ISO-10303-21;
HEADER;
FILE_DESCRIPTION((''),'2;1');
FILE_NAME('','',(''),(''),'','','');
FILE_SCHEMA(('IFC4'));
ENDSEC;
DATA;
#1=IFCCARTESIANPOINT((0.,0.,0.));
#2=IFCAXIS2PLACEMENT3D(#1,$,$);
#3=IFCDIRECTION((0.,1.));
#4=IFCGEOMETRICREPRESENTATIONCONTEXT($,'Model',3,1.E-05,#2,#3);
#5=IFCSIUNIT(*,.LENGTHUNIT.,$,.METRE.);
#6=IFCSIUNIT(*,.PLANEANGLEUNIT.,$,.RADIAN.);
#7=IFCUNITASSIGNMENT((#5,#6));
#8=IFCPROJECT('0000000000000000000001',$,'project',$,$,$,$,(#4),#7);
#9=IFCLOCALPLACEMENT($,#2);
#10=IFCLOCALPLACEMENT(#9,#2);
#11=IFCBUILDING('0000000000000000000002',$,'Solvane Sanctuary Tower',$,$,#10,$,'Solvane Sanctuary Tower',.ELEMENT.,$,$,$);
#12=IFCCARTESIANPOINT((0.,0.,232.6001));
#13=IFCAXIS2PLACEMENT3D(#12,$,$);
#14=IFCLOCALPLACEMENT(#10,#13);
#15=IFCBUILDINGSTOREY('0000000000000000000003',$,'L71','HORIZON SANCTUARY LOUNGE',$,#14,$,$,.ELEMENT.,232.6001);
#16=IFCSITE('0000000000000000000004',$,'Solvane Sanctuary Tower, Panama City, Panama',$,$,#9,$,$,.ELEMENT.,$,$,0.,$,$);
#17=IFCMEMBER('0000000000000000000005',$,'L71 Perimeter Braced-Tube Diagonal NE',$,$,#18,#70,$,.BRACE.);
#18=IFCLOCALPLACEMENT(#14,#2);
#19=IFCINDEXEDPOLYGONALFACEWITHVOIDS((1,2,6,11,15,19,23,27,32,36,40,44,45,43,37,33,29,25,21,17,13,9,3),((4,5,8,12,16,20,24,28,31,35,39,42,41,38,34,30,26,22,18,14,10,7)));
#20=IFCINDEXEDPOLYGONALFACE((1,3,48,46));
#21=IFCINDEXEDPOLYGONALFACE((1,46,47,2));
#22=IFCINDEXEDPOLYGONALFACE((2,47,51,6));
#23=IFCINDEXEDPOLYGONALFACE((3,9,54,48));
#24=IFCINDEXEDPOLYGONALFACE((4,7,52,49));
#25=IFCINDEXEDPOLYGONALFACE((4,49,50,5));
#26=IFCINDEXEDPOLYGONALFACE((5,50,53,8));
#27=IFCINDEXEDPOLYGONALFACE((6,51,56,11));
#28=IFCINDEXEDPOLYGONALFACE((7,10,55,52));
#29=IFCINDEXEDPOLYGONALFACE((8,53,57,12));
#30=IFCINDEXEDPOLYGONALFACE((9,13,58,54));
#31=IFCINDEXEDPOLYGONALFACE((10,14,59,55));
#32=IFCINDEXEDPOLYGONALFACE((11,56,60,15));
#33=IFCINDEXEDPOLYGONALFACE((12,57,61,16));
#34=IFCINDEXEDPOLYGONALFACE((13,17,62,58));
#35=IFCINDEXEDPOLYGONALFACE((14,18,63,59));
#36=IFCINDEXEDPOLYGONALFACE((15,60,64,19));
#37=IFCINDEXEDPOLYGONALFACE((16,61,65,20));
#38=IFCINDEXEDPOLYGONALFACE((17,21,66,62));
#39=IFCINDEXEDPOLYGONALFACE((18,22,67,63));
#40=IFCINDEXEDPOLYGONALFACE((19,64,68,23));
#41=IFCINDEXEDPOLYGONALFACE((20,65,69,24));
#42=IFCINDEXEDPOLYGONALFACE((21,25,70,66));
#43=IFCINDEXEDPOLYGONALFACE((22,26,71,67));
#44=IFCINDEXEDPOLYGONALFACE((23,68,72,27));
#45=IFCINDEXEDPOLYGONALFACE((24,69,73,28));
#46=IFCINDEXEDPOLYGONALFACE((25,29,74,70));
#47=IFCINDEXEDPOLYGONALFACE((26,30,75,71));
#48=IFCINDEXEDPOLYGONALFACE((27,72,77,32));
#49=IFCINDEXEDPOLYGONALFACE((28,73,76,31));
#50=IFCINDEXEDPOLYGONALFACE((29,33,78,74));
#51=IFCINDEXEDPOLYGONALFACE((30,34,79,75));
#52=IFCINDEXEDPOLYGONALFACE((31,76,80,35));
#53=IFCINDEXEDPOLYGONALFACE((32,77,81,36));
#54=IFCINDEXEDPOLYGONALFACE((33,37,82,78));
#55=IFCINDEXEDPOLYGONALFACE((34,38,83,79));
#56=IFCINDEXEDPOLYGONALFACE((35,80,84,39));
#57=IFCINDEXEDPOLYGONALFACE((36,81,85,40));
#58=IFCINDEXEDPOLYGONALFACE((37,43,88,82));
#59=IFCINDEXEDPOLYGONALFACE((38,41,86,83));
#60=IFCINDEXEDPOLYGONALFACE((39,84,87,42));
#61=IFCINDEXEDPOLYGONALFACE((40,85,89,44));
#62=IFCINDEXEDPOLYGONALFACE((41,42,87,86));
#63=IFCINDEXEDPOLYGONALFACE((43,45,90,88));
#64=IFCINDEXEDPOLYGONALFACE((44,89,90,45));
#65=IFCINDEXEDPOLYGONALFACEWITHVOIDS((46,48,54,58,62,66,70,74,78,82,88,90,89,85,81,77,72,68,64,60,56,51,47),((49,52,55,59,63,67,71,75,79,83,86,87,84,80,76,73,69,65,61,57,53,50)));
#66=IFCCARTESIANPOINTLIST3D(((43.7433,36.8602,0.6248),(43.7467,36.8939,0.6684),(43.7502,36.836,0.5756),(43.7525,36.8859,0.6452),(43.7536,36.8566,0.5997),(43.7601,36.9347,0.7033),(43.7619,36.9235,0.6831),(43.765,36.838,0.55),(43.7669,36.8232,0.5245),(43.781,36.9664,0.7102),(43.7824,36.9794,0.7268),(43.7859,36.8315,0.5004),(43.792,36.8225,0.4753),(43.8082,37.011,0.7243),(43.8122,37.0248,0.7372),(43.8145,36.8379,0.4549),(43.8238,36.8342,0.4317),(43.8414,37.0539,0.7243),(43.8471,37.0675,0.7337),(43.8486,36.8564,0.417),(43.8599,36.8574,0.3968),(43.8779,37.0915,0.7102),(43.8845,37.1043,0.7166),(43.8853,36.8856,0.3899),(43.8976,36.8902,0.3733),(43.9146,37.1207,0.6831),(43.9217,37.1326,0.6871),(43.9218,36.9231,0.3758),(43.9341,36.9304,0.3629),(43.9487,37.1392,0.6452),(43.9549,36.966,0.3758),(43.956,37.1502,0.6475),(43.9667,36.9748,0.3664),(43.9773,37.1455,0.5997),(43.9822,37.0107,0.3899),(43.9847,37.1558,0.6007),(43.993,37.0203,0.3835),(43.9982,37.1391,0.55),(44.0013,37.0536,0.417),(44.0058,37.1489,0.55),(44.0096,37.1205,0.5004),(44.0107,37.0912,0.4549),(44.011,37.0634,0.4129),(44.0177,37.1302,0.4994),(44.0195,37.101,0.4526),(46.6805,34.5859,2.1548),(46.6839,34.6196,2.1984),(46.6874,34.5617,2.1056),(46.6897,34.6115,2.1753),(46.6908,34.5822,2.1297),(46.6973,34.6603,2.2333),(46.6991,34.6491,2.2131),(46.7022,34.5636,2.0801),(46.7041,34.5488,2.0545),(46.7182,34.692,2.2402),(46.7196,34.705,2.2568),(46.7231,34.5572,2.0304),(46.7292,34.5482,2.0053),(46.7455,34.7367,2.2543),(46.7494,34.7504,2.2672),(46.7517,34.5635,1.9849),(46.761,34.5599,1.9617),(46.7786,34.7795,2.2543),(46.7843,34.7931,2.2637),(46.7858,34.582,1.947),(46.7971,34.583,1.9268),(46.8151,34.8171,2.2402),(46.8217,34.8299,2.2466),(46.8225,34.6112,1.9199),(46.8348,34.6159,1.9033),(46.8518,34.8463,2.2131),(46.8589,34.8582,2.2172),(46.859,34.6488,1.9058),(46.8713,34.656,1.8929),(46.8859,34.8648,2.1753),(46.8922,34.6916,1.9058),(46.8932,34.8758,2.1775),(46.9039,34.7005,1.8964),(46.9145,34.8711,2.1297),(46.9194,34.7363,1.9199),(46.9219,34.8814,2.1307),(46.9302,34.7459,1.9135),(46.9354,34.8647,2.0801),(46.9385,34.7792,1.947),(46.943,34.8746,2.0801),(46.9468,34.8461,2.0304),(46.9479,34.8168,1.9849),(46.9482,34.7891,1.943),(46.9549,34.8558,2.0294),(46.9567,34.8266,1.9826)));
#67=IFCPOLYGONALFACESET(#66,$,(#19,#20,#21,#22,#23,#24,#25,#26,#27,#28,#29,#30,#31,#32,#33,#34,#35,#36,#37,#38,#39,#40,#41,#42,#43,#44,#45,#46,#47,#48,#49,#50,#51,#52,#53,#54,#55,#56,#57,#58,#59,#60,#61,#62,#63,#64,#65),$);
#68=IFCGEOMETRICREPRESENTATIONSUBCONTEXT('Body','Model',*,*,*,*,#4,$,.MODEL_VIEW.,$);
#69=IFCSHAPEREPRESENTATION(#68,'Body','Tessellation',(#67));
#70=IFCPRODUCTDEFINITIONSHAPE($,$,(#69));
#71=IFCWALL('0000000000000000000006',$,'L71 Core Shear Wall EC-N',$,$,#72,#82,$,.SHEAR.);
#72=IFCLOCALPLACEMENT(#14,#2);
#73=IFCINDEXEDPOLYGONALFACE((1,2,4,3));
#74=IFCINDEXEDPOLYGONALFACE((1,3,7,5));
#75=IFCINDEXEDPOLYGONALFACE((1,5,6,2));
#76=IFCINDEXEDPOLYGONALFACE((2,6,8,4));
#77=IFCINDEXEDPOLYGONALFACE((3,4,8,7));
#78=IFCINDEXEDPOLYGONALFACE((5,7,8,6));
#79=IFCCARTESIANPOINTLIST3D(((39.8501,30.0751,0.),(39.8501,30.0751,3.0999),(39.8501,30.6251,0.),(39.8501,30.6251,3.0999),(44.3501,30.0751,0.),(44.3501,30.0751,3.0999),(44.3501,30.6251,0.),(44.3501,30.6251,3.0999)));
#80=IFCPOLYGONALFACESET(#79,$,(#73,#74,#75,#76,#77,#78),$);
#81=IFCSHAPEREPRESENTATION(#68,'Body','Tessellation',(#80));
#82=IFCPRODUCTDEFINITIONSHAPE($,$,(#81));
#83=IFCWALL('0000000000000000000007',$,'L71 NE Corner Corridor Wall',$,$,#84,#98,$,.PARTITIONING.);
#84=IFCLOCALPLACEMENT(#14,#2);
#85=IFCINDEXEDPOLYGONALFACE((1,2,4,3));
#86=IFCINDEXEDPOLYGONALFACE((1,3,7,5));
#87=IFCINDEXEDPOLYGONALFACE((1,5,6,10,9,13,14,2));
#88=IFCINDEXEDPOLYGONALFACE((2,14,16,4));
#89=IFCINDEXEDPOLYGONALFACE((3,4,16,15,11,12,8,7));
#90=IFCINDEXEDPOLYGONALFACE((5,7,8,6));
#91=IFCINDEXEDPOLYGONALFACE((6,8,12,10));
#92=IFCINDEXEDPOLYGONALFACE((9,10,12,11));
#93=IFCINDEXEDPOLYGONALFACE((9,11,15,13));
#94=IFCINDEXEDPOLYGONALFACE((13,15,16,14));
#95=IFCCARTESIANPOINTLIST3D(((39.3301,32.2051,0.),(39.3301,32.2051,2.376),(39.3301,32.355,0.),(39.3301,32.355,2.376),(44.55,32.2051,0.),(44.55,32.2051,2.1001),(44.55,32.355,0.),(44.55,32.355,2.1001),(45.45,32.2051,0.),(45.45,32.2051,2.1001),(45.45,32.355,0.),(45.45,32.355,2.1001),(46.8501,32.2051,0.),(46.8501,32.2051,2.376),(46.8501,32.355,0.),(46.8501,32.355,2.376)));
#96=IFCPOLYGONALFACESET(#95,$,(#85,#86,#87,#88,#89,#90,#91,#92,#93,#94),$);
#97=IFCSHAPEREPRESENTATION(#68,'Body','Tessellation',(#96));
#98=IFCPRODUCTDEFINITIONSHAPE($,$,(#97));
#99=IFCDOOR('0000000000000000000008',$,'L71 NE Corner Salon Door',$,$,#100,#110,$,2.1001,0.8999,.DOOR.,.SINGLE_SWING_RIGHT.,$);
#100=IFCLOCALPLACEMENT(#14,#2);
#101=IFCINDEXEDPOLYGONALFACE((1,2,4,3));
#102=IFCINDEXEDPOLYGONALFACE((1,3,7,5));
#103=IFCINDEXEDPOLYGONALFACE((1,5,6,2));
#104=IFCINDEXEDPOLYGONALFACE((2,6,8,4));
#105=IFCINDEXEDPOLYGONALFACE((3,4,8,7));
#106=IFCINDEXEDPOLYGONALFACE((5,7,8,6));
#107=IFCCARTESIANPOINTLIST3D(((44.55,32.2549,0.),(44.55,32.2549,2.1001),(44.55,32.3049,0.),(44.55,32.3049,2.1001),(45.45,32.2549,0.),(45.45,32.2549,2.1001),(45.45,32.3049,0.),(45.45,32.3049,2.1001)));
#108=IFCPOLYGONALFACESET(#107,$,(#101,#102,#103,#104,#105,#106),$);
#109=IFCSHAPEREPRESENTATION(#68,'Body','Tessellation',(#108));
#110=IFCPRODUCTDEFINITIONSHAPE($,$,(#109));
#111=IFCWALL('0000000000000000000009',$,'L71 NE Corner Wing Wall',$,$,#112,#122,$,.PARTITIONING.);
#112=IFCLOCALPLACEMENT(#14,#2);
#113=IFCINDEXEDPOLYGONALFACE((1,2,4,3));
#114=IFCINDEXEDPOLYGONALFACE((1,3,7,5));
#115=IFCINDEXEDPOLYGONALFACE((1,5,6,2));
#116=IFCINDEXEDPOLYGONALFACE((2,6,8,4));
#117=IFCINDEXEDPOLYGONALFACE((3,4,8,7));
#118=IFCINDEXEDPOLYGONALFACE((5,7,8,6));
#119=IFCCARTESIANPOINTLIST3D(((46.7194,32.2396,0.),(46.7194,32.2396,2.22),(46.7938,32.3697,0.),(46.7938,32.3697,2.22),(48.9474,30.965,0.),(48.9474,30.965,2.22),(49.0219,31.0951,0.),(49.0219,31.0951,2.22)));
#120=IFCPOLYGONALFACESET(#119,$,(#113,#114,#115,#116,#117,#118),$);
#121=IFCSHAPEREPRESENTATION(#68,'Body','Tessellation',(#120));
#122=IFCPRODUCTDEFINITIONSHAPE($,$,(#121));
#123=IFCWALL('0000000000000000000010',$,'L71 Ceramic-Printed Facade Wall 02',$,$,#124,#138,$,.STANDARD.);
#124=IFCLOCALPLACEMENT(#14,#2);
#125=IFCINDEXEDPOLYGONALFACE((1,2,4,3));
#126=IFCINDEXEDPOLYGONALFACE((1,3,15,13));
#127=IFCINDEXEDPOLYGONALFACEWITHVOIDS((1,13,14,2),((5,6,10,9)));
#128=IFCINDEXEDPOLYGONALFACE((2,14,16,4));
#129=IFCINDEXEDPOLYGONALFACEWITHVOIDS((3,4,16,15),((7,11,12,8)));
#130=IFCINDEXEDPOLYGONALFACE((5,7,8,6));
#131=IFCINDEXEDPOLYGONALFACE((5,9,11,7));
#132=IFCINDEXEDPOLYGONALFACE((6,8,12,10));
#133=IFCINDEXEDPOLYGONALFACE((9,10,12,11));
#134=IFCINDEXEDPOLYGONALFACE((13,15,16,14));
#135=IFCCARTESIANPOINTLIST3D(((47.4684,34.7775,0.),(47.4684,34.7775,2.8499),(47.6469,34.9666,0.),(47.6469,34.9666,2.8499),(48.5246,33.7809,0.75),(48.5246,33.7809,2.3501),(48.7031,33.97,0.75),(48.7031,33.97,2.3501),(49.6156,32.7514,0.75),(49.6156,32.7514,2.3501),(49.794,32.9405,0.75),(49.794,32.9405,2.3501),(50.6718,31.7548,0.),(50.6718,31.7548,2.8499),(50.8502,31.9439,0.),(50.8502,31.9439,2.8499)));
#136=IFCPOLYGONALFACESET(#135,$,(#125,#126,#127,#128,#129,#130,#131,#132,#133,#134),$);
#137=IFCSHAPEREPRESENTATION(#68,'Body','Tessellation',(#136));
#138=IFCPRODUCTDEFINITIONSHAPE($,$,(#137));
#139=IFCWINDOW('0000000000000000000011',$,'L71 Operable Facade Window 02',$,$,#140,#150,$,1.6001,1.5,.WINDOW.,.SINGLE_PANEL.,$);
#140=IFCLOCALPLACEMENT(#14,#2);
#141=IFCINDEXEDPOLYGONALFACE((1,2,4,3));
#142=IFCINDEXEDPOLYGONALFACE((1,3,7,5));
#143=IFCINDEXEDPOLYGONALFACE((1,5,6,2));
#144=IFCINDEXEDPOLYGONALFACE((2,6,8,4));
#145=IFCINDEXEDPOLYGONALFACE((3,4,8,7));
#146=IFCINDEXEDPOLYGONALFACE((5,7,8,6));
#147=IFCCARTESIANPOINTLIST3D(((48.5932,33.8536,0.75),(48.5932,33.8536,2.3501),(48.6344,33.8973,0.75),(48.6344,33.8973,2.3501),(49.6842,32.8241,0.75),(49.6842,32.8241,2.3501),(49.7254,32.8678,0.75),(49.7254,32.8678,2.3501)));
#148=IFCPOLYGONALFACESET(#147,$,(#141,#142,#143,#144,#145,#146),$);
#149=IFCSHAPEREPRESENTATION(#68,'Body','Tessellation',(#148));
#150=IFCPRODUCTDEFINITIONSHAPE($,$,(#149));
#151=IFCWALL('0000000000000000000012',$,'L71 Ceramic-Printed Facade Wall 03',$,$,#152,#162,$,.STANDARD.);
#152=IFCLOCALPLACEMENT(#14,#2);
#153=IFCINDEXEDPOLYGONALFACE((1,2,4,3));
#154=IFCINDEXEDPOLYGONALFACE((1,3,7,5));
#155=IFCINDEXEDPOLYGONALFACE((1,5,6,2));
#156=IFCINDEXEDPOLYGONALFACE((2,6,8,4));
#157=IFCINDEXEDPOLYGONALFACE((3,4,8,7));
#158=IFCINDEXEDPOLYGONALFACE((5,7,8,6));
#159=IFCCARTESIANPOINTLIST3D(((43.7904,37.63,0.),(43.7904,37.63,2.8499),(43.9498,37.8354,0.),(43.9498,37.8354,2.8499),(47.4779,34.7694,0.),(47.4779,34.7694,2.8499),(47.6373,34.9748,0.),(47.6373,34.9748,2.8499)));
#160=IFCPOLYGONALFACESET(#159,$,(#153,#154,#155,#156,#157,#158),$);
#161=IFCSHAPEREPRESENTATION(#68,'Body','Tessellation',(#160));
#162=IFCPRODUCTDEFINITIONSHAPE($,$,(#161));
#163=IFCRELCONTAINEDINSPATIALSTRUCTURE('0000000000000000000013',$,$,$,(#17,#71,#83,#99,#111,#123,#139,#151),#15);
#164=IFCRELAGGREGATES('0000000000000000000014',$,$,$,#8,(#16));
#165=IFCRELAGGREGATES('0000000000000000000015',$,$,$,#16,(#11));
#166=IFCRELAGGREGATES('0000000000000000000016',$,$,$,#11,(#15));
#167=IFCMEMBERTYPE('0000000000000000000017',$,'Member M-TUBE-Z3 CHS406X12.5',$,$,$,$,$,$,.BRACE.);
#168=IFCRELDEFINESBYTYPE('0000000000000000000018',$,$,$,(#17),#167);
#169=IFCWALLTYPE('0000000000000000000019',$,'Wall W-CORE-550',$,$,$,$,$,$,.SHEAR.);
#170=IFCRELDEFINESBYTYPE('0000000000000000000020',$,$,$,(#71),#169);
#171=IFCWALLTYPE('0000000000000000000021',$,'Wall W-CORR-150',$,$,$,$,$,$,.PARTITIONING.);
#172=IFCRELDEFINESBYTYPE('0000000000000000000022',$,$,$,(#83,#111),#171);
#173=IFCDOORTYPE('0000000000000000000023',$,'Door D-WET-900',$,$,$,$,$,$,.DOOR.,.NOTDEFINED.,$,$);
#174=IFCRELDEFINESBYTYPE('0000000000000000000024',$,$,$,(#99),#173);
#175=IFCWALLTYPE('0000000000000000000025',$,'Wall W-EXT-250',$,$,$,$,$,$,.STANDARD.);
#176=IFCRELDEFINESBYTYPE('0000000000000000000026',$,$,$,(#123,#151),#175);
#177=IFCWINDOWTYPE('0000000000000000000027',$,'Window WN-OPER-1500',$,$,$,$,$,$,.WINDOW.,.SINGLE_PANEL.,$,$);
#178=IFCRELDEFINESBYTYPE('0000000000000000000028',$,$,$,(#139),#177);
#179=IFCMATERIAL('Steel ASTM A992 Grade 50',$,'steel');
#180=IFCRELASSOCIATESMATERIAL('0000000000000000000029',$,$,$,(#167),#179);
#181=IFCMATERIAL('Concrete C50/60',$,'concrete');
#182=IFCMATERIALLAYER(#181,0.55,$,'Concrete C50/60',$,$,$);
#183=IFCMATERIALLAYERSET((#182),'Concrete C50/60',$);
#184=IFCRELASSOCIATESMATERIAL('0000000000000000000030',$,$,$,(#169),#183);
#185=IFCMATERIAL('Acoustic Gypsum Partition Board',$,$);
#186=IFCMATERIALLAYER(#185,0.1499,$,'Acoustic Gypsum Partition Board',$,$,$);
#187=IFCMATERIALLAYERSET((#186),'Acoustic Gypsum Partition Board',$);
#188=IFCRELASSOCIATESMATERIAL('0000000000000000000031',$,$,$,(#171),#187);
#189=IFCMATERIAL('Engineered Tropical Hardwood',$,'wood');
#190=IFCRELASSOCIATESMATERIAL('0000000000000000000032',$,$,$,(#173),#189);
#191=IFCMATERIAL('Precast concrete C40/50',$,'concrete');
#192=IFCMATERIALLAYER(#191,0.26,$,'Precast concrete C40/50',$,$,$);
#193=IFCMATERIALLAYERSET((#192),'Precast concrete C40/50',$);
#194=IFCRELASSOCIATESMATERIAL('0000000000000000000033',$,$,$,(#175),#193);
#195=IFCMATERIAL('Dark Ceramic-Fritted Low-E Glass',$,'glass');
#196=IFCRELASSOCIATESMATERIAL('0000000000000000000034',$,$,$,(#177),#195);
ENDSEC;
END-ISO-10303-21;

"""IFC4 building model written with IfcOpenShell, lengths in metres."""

from ifc_helpers import new_model, si_unit, direction, frame, frame_2d, origin, origin_2d, place, context, subcontext, project, spatial, rectangle, hollow_circle, extrude, material, layer, layer_set, material_profile, profile_set, type_object, element, fill, save


model = new_model("IFC4")

# Units and contexts
model_context = context("Model", 3, precision=1e-05, world=origin(), true_north=direction((0.0, 1.0)))
body_context = subcontext(model_context, "Body", "Model", "MODEL_VIEW")
ifc_project = project(units=[si_unit("LENGTHUNIT", "METRE"), si_unit("PLANEANGLEUNIT", "RADIAN")], contexts=[model_context])

# Site, building, storey
site_placement = place(None, origin())
site = spatial("IfcSite", under=ifc_project, at=site_placement, Name="Solvane Sanctuary Tower, Panama City, Panama", CompositionType="ELEMENT", RefElevation=0.0)
building_placement = place(site_placement, origin())
building = spatial("IfcBuilding", under=site, at=building_placement, Name="Solvane Sanctuary Tower", LongName="Solvane Sanctuary Tower", CompositionType="ELEMENT")
storey_placement = place(building_placement, frame((0.0, 0.0, 232.6001)))
storey = spatial("IfcBuildingStorey", under=building, at=storey_placement, Name="L71", Description="HORIZON SANCTUARY LOUNGE", CompositionType="ELEMENT", Elevation=232.6001)

# Shared definitions
ifc_material_1 = material(Name="Concrete C50/60", Category="concrete")

# Shared definitions
ifc_material_2 = material(Name="Steel ASTM A992 Grade 50", Category="steel")

# Member
ifc_material_profile_1 = material_profile(ifc_material_2, hollow_circle(Radius=0.2029, WallThickness=0.0125, at=origin_2d()), Name="CHS406X12.5")
ifc_profile_set_1 = profile_set([ifc_material_profile_1], Name="Steel ASTM A992 Grade 50")
member_type = type_object("IfcMemberType", Name="Member M-TUBE-Z3 CHS406X12.5", PredefinedType="BRACE", material=ifc_profile_set_1)
member_placement = place(storey_placement, frame((43.8816, 36.9885, 0.55), z_axis=(0.73109, -0.566107, 0.380828), x_axis=(0.612242, 0.79067, 0.0)))
element("IfcMember", 1, at=member_placement, inside=storey, type_object=member_type, Name="L71 Perimeter Braced-Tube Diagonal NE", PredefinedType="BRACE", context=body_context, shape_type="SweptSolid", body=[
    extrude(hollow_circle(Radius=0.2029, WallThickness=0.0125, at=origin_2d()), origin(), (0.0, 0.0, 1.0), 4.0176),
])

# Wall
ifc_layer_1 = layer(ifc_material_1, 0.55, Name="Concrete C50/60")
ifc_layer_set_1 = layer_set([ifc_layer_1], Name="Concrete C50/60")
wall_type_1 = type_object("IfcWallType", Name="Wall W-CORE-550", PredefinedType="SHEAR", material=ifc_layer_set_1)
wall_1_placement = place(storey_placement, frame((39.8501, 30.3501, 0.0), z_axis=(0.0, 0.0, 1.0), x_axis=(1.0, 0.0, 0.0)))
element("IfcWall", 2, at=wall_1_placement, inside=storey, type_object=wall_type_1, Name="L71 Core Shear Wall EC-N", PredefinedType="SHEAR", context=body_context, shape_type="SweptSolid", body=[
    extrude(rectangle(XDim=4.5, YDim=0.55, at=frame_2d((2.25, 0.0))), origin(), (0.0, 0.0, 1.0), 3.0999),
])

# Wall, opening, door
ifc_material_3 = material(Name="Acoustic Gypsum Partition Board")
ifc_layer_2 = layer(ifc_material_3, 0.1499, Name="Acoustic Gypsum Partition Board")
ifc_layer_set_2 = layer_set([ifc_layer_2], Name="Acoustic Gypsum Partition Board")
wall_type_2 = type_object("IfcWallType", Name="Wall W-CORR-150", PredefinedType="PARTITIONING", material=ifc_layer_set_2)
wall_2_placement = place(storey_placement, frame((39.3301, 32.28, 0.0), z_axis=(0.0, 0.0, 1.0), x_axis=(1.0, 0.0, 0.0)))
wall_2 = element("IfcWall", 3, at=wall_2_placement, inside=storey, type_object=wall_type_2, Name="L71 NE Corner Corridor Wall", PredefinedType="PARTITIONING", context=body_context, shape_type="SweptSolid", body=[
    extrude(rectangle(XDim=7.52, YDim=0.1499, at=frame_2d((3.76, 0.0))), origin(), (0.0, 0.0, 1.0), 2.376),
])
opening_1_placement = place(wall_2_placement, frame((5.22, 0.0, 0.0)))
opening_1 = element("IfcOpeningElement", 4, at=opening_1_placement, cuts=wall_2, PredefinedType="OPENING", context=body_context, shape_type="SweptSolid", body=[
    extrude(rectangle(XDim=0.8999, YDim=2.1001, at=frame_2d((0.45, 1.05))), frame((0.0, 0.085, 0.0), z_axis=(0.0, -1.0, 0.0), x_axis=(1.0, 0.0, 0.0)), (0.0, 0.0, 1.0), 0.1699),
])
ifc_material_4 = material(Name="Engineered Tropical Hardwood", Category="wood")
door_type = type_object("IfcDoorType", Name="Door D-WET-900", OperationType="NOTDEFINED", PredefinedType="DOOR", material=ifc_material_4)
door_placement = place(opening_1_placement, origin())
door = element("IfcDoor", 5, at=door_placement, inside=storey, type_object=door_type, Name="L71 NE Corner Salon Door", OperationType="SINGLE_SWING_RIGHT", OverallHeight=2.1001, OverallWidth=0.8999, PredefinedType="DOOR", context=body_context, shape_type="SweptSolid", body=[
    extrude(rectangle(XDim=0.8999, YDim=2.1001, at=frame_2d((0.45, 1.05))), frame((0.0, 0.0249, 0.0), z_axis=(0.0, -1.0, 0.0), x_axis=(1.0, 0.0, 0.0)), (0.0, 0.0, 1.0), 0.05),
])
fill(opening_1, door)

# Wall
wall_3_placement = place(storey_placement, frame((46.7566, 32.3047, 0.0), z_axis=(0.0, 0.0, 1.0), x_axis=(0.867991, -0.496579, 0.0)))
element("IfcWall", 6, at=wall_3_placement, inside=storey, type_object=wall_type_2, Name="L71 NE Corner Wing Wall", PredefinedType="PARTITIONING", context=body_context, shape_type="SweptSolid", body=[
    extrude(rectangle(XDim=2.5669, YDim=0.1499, at=frame_2d((1.2834, 0.0))), origin(), (0.0, 0.0, 1.0), 2.22),
])

# Wall, opening, window
ifc_material_5 = material(Name="Precast concrete C40/50", Category="concrete")
ifc_layer_3 = layer(ifc_material_5, 0.26, Name="Precast concrete C40/50")
ifc_layer_set_3 = layer_set([ifc_layer_3], Name="Precast concrete C40/50")
wall_type_3 = type_object("IfcWallType", Name="Wall W-EXT-250", PredefinedType="STANDARD", material=ifc_layer_set_3)
wall_4_placement = place(storey_placement, frame((50.761, 31.8494, 0.0), z_axis=(0.0, 0.0, 1.0), x_axis=(-0.727319, 0.6863, 0.0)))
wall_4 = element("IfcWall", 7, at=wall_4_placement, inside=storey, type_object=wall_type_3, Name="L71 Ceramic-Printed Facade Wall 02", PredefinedType="STANDARD", context=body_context, shape_type="SweptSolid", body=[
    extrude(rectangle(XDim=4.4043, YDim=0.26, at=frame_2d((2.2021, 0.0))), origin(), (0.0, 0.0, 1.0), 2.8499),
])
opening_2_placement = place(wall_4_placement, frame((1.4521, 0.0, 0.75)))
opening_2 = element("IfcOpeningElement", 8, at=opening_2_placement, cuts=wall_4, PredefinedType="OPENING", context=body_context, shape_type="SweptSolid", body=[
    extrude(rectangle(XDim=1.5, YDim=1.6001, at=frame_2d((0.75, 0.8))), frame((0.0, 0.1399, 0.0), z_axis=(0.0, -1.0, 0.0), x_axis=(1.0, 0.0, 0.0)), (0.0, 0.0, 1.0), 0.28),
])
ifc_material_6 = material(Name="Dark Ceramic-Fritted Low-E Glass", Category="glass")
window_type_1 = type_object("IfcWindowType", Name="Window WN-OPER-1500", PartitioningType="SINGLE_PANEL", PredefinedType="WINDOW", material=ifc_material_6)
window_1_placement = place(opening_2_placement, origin())
window_1 = element("IfcWindow", 9, at=window_1_placement, inside=storey, type_object=window_type_1, Name="L71 Operable Facade Window 02", OverallHeight=1.6001, OverallWidth=1.5, PartitioningType="SINGLE_PANEL", PredefinedType="WINDOW", context=body_context, shape_type="SweptSolid", body=[
    extrude(rectangle(XDim=1.5, YDim=1.6001, at=frame_2d((0.75, 0.8))), frame((0.0, 0.03, 0.0), z_axis=(0.0, -1.0, 0.0), x_axis=(1.0, 0.0, 0.0)), (0.0, 0.0, 1.0), 0.0601),
])
fill(opening_2, window_1)

# Wall
wall_5_placement = place(storey_placement, frame((47.5576, 34.8721, 0.0), z_axis=(0.0, 0.0, 1.0), x_axis=(-0.790126, 0.612944, 0.0)))
element("IfcWall", 10, at=wall_5_placement, inside=storey, type_object=wall_type_3, Name="L71 Ceramic-Printed Facade Wall 03", PredefinedType="STANDARD", context=body_context, shape_type="SweptSolid", body=[
    extrude(rectangle(XDim=4.667, YDim=0.26, at=frame_2d((2.3335, 0.0))), origin(), (0.0, 0.0, 1.0), 2.8499),
])

save(model, "model.ifc")
